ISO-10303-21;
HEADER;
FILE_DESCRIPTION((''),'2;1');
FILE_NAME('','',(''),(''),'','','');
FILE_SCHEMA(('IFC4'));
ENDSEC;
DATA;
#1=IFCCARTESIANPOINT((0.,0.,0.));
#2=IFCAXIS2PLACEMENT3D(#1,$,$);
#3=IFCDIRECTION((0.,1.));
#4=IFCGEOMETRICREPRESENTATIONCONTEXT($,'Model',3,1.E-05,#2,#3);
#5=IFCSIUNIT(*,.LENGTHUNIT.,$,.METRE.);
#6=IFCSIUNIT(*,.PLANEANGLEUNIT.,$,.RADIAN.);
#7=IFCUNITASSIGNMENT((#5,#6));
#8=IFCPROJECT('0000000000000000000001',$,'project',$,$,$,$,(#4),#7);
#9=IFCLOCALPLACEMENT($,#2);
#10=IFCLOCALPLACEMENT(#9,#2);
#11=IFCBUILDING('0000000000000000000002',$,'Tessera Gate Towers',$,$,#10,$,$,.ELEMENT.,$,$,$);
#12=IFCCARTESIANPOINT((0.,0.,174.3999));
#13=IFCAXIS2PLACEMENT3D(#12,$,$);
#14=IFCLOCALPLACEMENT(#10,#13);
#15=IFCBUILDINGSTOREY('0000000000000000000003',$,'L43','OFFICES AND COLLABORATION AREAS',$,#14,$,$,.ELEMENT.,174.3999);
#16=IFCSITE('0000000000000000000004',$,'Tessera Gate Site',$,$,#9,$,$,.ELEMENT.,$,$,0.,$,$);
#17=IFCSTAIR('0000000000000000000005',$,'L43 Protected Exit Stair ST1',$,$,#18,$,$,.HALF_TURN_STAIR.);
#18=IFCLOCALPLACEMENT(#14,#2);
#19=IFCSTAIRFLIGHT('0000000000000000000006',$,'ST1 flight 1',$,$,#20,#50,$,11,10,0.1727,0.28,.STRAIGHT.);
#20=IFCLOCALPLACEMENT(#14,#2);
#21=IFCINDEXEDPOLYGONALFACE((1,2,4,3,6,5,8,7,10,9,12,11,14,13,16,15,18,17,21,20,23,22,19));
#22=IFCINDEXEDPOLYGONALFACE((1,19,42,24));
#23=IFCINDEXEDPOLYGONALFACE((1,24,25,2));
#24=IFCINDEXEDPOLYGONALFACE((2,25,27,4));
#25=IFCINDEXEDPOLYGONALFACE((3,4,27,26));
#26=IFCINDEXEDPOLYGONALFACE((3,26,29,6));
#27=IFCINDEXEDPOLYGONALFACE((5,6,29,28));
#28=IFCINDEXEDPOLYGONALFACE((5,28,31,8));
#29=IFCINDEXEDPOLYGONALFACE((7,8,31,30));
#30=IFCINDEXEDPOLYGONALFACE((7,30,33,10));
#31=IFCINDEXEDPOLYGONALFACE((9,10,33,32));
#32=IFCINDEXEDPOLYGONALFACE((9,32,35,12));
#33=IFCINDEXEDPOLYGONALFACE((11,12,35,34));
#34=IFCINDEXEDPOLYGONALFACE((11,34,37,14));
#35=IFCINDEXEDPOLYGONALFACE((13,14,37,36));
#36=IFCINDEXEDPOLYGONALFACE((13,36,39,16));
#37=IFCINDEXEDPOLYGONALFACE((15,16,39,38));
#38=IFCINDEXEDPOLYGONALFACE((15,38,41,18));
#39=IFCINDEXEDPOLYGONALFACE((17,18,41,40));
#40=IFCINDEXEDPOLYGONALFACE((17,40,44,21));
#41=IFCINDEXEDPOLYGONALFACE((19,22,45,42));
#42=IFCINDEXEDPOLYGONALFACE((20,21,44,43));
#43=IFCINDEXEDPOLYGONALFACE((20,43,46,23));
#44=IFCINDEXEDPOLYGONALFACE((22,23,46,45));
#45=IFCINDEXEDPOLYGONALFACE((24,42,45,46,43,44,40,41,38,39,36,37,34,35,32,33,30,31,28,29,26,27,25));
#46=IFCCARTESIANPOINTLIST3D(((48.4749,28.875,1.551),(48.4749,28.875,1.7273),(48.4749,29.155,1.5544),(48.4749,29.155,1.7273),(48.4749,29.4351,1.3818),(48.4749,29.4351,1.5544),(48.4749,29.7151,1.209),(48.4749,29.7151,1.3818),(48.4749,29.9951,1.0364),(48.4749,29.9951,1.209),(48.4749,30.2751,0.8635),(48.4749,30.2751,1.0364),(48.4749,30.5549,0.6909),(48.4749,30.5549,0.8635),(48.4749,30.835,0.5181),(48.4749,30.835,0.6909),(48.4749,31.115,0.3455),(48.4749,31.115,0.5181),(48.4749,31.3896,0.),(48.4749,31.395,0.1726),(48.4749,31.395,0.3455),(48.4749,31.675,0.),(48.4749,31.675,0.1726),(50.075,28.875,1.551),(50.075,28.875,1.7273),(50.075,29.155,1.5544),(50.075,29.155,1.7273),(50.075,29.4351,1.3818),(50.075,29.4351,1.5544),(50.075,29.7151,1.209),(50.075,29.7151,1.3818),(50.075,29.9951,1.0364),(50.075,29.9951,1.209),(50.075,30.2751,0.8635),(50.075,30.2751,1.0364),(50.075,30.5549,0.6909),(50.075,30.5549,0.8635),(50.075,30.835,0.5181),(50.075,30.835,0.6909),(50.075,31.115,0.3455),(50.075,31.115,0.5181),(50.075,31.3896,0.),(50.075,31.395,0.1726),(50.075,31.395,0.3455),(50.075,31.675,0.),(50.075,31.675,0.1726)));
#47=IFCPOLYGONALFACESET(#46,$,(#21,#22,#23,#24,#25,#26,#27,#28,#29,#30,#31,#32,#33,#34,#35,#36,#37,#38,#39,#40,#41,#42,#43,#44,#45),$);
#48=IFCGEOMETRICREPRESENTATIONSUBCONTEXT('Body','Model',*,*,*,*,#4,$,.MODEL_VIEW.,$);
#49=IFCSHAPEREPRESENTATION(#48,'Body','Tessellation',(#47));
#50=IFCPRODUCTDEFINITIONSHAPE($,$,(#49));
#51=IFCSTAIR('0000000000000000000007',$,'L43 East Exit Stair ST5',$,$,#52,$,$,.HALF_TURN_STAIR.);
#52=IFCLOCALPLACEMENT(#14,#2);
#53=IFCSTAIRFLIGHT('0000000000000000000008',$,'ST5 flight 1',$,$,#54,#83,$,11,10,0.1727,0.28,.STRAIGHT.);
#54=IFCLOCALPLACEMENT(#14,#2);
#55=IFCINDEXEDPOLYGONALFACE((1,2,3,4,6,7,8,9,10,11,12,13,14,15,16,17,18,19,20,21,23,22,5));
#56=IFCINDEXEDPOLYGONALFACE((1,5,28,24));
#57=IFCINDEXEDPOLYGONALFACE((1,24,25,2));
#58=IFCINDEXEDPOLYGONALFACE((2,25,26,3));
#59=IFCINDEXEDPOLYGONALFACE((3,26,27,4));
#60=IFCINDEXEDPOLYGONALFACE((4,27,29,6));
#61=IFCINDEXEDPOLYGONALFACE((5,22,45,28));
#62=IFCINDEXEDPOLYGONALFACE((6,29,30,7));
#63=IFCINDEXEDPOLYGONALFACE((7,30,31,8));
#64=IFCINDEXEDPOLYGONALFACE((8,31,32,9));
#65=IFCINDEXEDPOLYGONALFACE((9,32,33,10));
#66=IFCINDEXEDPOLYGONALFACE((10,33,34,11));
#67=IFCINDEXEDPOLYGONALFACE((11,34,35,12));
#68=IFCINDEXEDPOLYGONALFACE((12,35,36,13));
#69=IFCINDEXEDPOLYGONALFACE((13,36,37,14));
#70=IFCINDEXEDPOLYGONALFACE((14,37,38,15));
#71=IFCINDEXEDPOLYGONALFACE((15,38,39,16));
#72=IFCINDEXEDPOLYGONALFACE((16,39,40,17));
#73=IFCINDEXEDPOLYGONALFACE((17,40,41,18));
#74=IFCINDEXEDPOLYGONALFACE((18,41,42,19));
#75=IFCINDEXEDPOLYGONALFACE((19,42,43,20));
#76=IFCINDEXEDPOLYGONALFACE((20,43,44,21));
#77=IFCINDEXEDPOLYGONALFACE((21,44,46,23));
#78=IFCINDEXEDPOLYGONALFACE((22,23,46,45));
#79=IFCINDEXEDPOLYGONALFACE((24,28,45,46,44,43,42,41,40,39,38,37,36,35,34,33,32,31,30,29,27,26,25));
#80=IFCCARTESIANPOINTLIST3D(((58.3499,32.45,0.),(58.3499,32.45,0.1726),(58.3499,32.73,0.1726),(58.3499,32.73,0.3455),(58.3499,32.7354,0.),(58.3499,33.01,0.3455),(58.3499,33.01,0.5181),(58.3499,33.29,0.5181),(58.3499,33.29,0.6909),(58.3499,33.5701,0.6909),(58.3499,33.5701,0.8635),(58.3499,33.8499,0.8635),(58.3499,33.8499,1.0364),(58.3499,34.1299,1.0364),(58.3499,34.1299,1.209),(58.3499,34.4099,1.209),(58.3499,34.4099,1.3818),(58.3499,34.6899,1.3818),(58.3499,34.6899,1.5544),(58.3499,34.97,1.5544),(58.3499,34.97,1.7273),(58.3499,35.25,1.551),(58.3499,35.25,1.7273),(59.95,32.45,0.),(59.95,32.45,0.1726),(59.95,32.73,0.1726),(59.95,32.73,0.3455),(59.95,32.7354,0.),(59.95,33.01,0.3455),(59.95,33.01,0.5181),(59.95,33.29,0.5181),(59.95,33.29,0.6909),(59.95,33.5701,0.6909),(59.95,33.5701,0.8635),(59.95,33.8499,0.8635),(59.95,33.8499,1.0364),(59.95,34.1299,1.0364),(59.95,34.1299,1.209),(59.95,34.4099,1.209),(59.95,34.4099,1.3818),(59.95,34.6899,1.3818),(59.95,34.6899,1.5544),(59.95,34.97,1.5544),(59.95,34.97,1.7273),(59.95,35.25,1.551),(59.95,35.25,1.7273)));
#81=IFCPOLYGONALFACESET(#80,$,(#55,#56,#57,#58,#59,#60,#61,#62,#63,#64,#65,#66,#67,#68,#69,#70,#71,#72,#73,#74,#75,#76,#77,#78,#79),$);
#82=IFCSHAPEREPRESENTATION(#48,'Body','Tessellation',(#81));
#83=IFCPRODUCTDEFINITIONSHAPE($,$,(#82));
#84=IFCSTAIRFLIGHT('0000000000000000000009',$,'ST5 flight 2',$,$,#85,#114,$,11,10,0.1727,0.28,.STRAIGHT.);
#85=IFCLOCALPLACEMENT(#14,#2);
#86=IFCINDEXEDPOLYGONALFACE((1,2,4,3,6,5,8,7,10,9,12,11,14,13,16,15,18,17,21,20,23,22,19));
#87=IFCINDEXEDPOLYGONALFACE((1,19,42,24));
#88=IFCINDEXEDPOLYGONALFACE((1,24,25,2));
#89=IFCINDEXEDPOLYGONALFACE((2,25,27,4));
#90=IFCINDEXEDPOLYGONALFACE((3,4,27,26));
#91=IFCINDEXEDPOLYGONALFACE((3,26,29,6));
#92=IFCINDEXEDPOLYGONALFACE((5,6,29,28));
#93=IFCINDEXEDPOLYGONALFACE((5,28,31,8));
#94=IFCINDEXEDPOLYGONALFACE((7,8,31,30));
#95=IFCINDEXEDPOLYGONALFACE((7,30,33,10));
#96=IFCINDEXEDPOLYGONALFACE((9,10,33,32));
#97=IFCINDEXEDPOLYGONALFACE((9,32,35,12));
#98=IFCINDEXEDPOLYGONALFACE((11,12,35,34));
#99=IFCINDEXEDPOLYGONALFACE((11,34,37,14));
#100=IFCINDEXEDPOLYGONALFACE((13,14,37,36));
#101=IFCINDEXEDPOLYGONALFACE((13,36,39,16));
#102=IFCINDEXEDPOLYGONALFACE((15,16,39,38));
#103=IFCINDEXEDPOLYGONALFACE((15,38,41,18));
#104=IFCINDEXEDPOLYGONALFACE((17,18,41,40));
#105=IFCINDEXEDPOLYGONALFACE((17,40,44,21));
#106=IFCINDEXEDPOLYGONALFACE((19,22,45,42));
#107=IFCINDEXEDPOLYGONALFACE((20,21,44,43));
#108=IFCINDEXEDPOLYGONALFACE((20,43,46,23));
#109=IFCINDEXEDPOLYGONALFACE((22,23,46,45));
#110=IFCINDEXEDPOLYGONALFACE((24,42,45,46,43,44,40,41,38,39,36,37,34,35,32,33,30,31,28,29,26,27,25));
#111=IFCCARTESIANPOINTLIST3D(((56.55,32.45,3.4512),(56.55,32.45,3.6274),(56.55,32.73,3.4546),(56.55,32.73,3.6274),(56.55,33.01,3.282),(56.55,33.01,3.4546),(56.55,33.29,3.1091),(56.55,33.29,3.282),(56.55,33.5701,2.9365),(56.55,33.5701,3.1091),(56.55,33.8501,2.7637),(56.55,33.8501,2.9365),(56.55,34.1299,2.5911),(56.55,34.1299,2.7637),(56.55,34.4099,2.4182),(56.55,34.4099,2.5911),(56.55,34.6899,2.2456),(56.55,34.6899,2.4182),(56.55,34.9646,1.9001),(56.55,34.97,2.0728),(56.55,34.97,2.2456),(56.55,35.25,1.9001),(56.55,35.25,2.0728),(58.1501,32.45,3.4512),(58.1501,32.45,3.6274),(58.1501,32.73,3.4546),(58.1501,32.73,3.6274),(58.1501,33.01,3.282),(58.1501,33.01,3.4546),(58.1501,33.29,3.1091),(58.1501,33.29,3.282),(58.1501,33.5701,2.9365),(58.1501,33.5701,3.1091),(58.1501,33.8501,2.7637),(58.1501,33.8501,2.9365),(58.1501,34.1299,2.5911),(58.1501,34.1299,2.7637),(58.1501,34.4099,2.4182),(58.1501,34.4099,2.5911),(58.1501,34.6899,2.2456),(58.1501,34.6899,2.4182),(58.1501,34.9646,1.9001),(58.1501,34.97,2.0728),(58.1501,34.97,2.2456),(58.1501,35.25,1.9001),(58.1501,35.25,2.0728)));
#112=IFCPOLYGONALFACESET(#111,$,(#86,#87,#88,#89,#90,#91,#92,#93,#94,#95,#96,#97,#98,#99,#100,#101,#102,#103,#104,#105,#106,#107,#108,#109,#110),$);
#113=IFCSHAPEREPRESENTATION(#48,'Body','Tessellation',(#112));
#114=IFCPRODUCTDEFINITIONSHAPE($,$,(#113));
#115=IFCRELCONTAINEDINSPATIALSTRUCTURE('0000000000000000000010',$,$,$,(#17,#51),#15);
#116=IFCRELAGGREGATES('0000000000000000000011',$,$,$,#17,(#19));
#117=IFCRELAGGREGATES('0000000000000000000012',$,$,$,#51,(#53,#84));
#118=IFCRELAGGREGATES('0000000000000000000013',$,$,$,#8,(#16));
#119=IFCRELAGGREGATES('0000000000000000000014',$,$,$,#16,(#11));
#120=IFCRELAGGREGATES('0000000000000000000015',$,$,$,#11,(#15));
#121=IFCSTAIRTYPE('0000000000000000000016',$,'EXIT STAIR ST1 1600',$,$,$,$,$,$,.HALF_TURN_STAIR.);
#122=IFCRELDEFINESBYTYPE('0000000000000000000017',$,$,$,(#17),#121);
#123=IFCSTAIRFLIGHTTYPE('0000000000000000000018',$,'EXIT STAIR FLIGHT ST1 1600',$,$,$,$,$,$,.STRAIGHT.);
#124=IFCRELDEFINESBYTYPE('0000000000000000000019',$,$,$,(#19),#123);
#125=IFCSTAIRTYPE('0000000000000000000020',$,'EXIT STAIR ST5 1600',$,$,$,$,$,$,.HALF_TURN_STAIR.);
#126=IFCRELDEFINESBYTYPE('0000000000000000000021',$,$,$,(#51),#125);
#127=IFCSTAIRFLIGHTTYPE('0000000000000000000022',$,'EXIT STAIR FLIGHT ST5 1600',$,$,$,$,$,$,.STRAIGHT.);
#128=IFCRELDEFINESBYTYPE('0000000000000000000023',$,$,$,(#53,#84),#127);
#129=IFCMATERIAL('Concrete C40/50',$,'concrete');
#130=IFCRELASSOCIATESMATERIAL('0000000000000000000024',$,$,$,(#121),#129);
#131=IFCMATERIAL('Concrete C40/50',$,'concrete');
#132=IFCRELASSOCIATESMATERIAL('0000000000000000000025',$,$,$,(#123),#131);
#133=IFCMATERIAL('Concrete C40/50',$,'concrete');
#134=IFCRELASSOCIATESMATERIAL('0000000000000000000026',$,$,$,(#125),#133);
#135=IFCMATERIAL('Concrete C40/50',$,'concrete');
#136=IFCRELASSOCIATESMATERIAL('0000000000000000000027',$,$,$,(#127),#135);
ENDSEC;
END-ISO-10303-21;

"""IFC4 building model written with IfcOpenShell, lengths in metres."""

from ifc_helpers import new_model, si_unit, direction, frame, origin, place, context, subcontext, project, spatial, polyline, outline, extrude, material, type_object, element, aggregate, save


model = new_model("IFC4")

# Units and contexts
model_context = context("Model", 3, precision=1e-05, world=origin(), true_north=direction((0.0, 1.0)))
body_context = subcontext(model_context, "Body", "Model", "MODEL_VIEW")
ifc_project = project(units=[si_unit("LENGTHUNIT", "METRE"), si_unit("PLANEANGLEUNIT", "RADIAN")], contexts=[model_context])

# Site, building, storey
site_placement = place(None, origin())
site = spatial("IfcSite", under=ifc_project, at=site_placement, Name="Tessera Gate Site", CompositionType="ELEMENT", RefElevation=0.0)
building_placement = place(site_placement, origin())
building = spatial("IfcBuilding", under=site, at=building_placement, Name="Tessera Gate Towers", CompositionType="ELEMENT")
storey_placement = place(building_placement, frame((0.0, 0.0, 174.3999)))
storey = spatial("IfcBuildingStorey", under=building, at=storey_placement, Name="L43", Description="OFFICES AND COLLABORATION AREAS", CompositionType="ELEMENT", Elevation=174.3999)

# Stair, stair flight
ifc_material_1 = material(Name="Concrete C40/50", Category="concrete")
stair_type_1 = type_object("IfcStairType", Name="EXIT STAIR ST1 1600", PredefinedType="HALF_TURN_STAIR", material=ifc_material_1)
stair_1_placement = place(storey_placement, origin())
stair_1 = element("IfcStair", 1, at=stair_1_placement, inside=storey, type_object=stair_type_1, Name="L43 Protected Exit Stair ST1", PredefinedType="HALF_TURN_STAIR")
ifc_material_2 = material(Name="Concrete C40/50", Category="concrete")
stair_flight_type_1 = type_object("IfcStairFlightType", Name="EXIT STAIR FLIGHT ST1 1600", PredefinedType="STRAIGHT", material=ifc_material_2)
stair_flight_1_placement = place(storey_placement, frame((49.2749, 31.675, 0.0), z_axis=(0.0, 0.0, 1.0), x_axis=(0.0, -1.0, 0.0)))
stair_flight_1 = element("IfcStairFlight", 2, at=stair_flight_1_placement, type_object=stair_flight_type_1, Name="ST1 flight 1", NumberOfRisers=11, NumberOfTreads=10, PredefinedType="STRAIGHT", RiserHeight=0.1727, TreadLength=0.28, context=body_context, shape_type="SweptSolid", body=[
    extrude(outline(polyline([(0.0, 0.0), (0.0, 0.1726), (0.28, 0.1726), (0.28, 0.3455), (0.5601, 0.3455), (0.5601, 0.5181), (0.8401, 0.5181), (0.8401, 0.6909), (1.1201, 0.6909), (1.1201, 0.8635), (1.3999, 0.8635), (1.3999, 1.0364), (1.6799, 1.0364), (1.6799, 1.209), (1.96, 1.209), (1.96, 1.3818), (2.24, 1.3818), (2.24, 1.5544), (2.52, 1.5544), (2.52, 1.7273), (2.8, 1.7273), (2.8, 1.8999), (2.8, 1.551), (0.2854, 0.0), (0.0, 0.0)])), frame((0.0, 0.8, 0.0), z_axis=(0.0, -1.0, 0.0), x_axis=(1.0, 0.0, 0.0)), (0.0, 0.0, 1.0), 1.6001),
])
aggregate(stair_1, [stair_flight_1])

# Stair, stair flights
ifc_material_3 = material(Name="Concrete C40/50", Category="concrete")
stair_type_2 = type_object("IfcStairType", Name="EXIT STAIR ST5 1600", PredefinedType="HALF_TURN_STAIR", material=ifc_material_3)
stair_2_placement = place(storey_placement, origin())
stair_2 = element("IfcStair", 3, at=stair_2_placement, inside=storey, type_object=stair_type_2, Name="L43 East Exit Stair ST5", PredefinedType="HALF_TURN_STAIR")
ifc_material_4 = material(Name="Concrete C40/50", Category="concrete")
stair_flight_type_2 = type_object("IfcStairFlightType", Name="EXIT STAIR FLIGHT ST5 1600", PredefinedType="STRAIGHT", material=ifc_material_4)
stair_flight_2_placement = place(storey_placement, frame((59.1499, 32.45, 0.0), z_axis=(0.0, 0.0, 1.0), x_axis=(0.0, 1.0, 0.0)))
stair_flight_2 = element("IfcStairFlight", 4, at=stair_flight_2_placement, type_object=stair_flight_type_2, Name="ST5 flight 1", NumberOfRisers=11, NumberOfTreads=10, PredefinedType="STRAIGHT", RiserHeight=0.1727, TreadLength=0.28, context=body_context, shape_type="SweptSolid", body=[
    extrude(outline(polyline([(0.0, 0.0), (0.0, 0.1726), (0.28, 0.1726), (0.28, 0.3455), (0.5601, 0.3455), (0.5601, 0.5181), (0.8401, 0.5181), (0.8401, 0.6909), (1.1201, 0.6909), (1.1201, 0.8635), (1.3999, 0.8635), (1.3999, 1.0364), (1.6799, 1.0364), (1.6799, 1.209), (1.96, 1.209), (1.96, 1.3818), (2.24, 1.3818), (2.24, 1.5544), (2.52, 1.5544), (2.52, 1.7273), (2.8, 1.7273), (2.8, 1.8999), (2.8, 1.551), (0.2854, 0.0), (0.0, 0.0)])), frame((0.0, 0.8, 0.0), z_axis=(0.0, -1.0, 0.0), x_axis=(1.0, 0.0, 0.0)), (0.0, 0.0, 1.0), 1.6001),
])
stair_flight_3_placement = place(storey_placement, frame((57.3501, 35.25, 1.9001), z_axis=(0.0, 0.0, 1.0), x_axis=(0.0, -1.0, 0.0)))
stair_flight_3 = element("IfcStairFlight", 5, at=stair_flight_3_placement, type_object=stair_flight_type_2, Name="ST5 flight 2", NumberOfRisers=11, NumberOfTreads=10, PredefinedType="STRAIGHT", RiserHeight=0.1727, TreadLength=0.28, context=body_context, shape_type="SweptSolid", body=[
    extrude(outline(polyline([(0.0, 0.0), (0.0, 0.1726), (0.28, 0.1726), (0.28, 0.3455), (0.5601, 0.3455), (0.5601, 0.5181), (0.8401, 0.5181), (0.8401, 0.6909), (1.1201, 0.6909), (1.1201, 0.8635), (1.3999, 0.8635), (1.3999, 1.0364), (1.6799, 1.0364), (1.6799, 1.209), (1.96, 1.209), (1.96, 1.3818), (2.24, 1.3818), (2.24, 1.5544), (2.52, 1.5544), (2.52, 1.7273), (2.8, 1.7273), (2.8, 1.8999), (2.8, 1.551), (0.2854, 0.0), (0.0, 0.0)])), frame((0.0, 0.8, 0.0), z_axis=(0.0, -1.0, 0.0), x_axis=(1.0, 0.0, 0.0)), (0.0, 0.0, 1.0), 1.6001),
])
aggregate(stair_2, [stair_flight_2, stair_flight_3])

save(model, "model.ifc")
